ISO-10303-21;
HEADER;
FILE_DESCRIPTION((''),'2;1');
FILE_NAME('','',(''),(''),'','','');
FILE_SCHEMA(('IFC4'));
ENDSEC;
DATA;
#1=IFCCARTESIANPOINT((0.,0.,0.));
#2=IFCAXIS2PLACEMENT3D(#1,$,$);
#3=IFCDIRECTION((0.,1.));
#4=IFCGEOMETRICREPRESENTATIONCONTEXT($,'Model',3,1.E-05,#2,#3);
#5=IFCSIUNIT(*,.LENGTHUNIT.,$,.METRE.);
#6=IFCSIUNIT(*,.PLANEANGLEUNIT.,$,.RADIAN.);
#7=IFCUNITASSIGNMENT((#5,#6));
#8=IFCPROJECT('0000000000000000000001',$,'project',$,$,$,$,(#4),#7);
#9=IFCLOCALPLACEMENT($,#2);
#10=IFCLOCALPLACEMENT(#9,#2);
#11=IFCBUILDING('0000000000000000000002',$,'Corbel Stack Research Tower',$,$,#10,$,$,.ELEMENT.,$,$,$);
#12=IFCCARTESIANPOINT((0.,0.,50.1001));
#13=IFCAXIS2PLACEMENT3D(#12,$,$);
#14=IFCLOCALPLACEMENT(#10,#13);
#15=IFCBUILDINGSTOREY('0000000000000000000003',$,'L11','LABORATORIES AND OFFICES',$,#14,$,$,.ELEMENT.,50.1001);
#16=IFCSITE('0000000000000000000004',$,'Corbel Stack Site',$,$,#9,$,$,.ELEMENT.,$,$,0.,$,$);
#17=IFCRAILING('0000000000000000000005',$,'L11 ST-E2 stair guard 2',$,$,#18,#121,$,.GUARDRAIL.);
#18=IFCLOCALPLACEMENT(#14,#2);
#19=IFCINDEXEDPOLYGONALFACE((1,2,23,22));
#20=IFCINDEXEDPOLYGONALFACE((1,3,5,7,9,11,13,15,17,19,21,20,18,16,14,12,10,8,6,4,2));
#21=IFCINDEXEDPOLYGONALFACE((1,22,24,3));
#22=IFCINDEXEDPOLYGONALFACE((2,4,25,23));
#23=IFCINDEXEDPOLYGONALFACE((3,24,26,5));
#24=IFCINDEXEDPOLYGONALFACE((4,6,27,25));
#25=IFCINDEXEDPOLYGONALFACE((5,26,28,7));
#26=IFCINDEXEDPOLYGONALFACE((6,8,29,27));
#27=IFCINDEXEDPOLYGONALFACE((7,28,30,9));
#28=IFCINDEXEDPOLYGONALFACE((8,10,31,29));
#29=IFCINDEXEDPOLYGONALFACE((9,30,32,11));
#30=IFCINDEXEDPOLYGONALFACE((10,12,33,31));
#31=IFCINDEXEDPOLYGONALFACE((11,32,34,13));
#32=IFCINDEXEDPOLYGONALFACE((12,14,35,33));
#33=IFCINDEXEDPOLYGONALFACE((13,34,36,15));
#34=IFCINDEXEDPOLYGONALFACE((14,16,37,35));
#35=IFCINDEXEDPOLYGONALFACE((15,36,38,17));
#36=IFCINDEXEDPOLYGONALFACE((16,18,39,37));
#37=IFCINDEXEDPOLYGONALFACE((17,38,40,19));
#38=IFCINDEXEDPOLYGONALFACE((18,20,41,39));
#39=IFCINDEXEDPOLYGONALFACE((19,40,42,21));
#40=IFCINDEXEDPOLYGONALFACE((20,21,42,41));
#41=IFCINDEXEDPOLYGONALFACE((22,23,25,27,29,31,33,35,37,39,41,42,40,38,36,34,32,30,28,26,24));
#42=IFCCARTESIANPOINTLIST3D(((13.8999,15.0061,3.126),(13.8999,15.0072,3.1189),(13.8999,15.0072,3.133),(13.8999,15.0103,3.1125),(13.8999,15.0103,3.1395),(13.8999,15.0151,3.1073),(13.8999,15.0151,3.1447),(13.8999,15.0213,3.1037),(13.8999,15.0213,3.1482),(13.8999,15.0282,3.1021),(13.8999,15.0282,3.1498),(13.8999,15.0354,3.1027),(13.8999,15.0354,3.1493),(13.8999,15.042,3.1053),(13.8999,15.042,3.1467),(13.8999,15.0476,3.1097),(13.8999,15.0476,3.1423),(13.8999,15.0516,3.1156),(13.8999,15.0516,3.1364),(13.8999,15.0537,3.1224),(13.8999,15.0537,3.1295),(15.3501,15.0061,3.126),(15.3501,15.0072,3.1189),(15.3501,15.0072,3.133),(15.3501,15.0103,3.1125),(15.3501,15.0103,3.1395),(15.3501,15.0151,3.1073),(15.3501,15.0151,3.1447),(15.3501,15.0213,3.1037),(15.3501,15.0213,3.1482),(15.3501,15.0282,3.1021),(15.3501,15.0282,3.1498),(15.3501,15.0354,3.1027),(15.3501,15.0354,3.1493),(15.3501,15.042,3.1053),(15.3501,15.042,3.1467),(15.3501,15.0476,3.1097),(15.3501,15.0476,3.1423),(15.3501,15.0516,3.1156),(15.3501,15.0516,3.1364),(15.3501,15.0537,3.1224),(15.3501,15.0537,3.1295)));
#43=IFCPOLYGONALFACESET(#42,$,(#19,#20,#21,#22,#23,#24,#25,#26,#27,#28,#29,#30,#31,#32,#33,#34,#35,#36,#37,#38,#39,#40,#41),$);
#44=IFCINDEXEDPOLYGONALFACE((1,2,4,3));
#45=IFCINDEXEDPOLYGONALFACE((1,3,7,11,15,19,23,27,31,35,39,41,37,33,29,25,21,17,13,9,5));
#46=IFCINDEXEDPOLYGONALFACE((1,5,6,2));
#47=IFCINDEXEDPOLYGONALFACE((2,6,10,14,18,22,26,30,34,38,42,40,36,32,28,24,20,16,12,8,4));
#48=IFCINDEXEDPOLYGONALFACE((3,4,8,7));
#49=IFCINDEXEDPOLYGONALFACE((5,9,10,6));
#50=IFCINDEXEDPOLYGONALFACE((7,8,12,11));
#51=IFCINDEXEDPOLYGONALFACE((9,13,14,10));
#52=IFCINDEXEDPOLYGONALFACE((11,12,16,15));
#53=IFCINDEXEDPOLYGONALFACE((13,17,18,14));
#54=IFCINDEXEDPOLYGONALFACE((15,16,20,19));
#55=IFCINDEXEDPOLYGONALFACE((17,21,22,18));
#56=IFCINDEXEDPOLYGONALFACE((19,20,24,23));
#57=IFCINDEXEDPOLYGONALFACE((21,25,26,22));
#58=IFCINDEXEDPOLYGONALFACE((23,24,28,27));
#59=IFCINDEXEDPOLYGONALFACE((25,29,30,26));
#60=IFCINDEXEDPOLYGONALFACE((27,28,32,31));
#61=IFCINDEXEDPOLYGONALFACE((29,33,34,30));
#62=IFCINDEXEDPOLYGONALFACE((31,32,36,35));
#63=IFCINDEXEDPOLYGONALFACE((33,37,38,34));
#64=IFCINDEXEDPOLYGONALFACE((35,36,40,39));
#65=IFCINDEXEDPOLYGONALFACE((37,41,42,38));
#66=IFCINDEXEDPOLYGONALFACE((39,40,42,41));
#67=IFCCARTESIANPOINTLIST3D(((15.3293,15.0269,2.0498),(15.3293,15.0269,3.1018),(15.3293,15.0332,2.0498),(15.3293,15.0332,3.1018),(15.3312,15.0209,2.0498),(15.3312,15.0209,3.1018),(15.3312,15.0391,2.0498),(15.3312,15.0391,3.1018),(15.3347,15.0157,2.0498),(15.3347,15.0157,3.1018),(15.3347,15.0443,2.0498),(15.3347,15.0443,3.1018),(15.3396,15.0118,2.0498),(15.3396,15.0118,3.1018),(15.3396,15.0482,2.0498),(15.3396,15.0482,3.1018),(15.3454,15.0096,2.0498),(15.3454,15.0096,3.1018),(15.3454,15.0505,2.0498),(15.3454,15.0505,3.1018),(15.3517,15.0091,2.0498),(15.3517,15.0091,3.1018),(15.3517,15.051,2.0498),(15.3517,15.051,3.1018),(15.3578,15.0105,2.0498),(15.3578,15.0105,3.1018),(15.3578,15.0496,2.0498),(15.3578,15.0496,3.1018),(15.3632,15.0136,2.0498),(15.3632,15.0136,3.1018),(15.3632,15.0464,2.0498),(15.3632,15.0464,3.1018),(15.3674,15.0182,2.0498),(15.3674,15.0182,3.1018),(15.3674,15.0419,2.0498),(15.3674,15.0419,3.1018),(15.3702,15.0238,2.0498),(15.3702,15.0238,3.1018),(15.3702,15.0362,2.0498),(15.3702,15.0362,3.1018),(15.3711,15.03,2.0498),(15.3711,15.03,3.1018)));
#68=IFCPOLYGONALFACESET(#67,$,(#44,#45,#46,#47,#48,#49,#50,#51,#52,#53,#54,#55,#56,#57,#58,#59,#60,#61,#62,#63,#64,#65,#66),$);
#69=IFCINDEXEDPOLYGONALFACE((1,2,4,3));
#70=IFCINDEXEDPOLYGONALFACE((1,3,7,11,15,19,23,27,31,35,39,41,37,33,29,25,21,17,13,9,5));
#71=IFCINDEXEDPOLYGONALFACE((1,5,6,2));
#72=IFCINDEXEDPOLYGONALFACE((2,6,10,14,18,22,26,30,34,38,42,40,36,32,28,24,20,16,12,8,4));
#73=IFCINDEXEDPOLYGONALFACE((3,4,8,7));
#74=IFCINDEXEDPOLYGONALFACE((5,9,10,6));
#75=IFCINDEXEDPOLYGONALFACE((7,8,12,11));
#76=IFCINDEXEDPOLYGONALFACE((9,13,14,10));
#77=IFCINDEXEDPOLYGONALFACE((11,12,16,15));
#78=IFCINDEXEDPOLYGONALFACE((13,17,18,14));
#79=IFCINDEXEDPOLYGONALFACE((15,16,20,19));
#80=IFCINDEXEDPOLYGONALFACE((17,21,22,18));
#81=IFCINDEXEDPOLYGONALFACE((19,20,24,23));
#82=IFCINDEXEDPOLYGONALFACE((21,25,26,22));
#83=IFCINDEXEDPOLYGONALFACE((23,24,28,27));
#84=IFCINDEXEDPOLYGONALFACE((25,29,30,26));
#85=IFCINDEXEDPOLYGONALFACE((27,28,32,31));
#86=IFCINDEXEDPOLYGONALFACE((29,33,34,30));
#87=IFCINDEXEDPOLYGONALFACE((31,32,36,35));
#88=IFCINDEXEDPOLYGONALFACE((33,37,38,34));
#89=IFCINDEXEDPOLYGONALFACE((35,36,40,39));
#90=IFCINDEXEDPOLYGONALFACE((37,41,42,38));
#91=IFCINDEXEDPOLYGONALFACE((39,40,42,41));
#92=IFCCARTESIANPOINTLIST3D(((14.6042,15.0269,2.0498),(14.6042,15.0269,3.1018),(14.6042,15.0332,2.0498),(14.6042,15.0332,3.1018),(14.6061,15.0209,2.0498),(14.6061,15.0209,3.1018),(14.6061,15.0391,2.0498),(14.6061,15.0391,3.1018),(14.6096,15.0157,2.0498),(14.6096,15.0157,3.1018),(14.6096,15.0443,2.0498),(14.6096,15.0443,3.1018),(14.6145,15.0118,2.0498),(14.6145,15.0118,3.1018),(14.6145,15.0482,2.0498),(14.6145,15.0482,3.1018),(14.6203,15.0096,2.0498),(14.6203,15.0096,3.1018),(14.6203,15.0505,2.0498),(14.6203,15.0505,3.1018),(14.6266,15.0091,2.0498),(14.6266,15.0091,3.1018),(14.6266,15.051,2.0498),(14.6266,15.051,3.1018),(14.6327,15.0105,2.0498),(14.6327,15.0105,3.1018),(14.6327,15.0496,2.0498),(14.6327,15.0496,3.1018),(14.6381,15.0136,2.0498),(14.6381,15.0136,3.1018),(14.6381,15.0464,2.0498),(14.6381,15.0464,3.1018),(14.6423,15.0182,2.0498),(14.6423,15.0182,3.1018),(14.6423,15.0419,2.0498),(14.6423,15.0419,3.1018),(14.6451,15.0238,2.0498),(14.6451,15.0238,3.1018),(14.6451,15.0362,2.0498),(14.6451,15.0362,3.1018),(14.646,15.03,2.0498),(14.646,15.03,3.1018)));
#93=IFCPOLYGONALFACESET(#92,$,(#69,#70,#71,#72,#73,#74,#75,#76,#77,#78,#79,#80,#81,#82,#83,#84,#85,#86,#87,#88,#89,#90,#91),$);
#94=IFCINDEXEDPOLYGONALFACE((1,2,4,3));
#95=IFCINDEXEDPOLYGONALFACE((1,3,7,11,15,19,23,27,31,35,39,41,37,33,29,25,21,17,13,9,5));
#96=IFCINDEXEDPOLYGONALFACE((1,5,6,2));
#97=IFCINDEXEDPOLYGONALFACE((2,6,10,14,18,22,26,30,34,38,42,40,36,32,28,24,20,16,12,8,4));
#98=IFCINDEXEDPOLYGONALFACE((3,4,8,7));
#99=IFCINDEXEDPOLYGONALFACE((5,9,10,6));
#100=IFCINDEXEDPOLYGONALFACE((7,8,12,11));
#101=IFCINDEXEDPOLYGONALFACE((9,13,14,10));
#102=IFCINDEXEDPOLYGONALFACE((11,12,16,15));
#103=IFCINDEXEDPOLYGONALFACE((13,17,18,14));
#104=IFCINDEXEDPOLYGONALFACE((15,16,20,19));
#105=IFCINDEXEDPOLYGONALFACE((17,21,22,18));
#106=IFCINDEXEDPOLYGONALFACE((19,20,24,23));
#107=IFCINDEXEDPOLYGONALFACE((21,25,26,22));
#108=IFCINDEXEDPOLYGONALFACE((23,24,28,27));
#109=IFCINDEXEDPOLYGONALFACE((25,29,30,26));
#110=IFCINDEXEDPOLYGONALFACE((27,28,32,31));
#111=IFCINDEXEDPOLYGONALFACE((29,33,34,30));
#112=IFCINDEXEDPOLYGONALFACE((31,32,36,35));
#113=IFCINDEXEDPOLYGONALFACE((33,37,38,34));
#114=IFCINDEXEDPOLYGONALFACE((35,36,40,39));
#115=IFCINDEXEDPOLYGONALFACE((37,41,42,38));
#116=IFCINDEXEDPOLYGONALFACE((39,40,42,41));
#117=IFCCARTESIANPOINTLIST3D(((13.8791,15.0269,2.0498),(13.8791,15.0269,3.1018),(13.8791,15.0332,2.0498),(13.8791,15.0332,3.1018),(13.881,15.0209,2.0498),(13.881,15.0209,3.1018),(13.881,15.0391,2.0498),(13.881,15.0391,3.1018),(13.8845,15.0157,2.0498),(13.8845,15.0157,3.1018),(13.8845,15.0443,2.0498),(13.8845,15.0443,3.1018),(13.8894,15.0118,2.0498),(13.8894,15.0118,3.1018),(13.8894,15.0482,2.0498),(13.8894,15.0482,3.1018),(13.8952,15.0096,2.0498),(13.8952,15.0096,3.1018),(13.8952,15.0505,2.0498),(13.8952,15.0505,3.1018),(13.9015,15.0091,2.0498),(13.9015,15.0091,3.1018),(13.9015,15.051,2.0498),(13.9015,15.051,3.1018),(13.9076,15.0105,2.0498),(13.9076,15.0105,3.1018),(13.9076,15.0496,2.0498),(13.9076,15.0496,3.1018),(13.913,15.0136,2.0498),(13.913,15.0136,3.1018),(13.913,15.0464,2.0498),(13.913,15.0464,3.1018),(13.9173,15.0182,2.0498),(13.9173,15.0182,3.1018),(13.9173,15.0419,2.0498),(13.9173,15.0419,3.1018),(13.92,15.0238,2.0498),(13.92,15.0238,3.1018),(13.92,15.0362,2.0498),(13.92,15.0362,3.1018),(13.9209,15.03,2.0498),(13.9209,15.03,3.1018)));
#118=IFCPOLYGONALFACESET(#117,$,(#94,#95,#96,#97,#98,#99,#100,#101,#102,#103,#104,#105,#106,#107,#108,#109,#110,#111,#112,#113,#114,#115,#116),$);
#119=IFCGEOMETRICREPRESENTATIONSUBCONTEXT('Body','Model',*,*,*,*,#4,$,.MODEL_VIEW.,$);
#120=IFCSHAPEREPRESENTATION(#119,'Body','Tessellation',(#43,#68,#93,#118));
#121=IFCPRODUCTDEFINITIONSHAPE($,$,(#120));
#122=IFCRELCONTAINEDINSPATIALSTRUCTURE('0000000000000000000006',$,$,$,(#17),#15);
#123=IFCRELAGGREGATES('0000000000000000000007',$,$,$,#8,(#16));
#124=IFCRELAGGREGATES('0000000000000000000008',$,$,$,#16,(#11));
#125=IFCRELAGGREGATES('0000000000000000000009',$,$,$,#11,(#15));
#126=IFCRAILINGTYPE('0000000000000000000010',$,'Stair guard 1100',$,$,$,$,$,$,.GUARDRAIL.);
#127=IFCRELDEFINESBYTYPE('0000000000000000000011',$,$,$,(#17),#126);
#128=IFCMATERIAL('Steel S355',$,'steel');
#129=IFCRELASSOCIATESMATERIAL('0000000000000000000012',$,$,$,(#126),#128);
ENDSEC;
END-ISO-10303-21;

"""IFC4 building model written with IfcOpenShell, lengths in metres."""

from ifc_helpers import new_model, si_unit, direction, frame, origin, origin_2d, place, context, subcontext, project, spatial, circle, extrude, material, type_object, element, save


model = new_model("IFC4")

# Units and contexts
model_context = context("Model", 3, precision=1e-05, world=origin(), true_north=direction((0.0, 1.0)))
body_context = subcontext(model_context, "Body", "Model", "MODEL_VIEW")
ifc_project = project(units=[si_unit("LENGTHUNIT", "METRE"), si_unit("PLANEANGLEUNIT", "RADIAN")], contexts=[model_context])

# Site, building, storey
site_placement = place(None, origin())
site = spatial("IfcSite", under=ifc_project, at=site_placement, Name="Corbel Stack Site", CompositionType="ELEMENT", RefElevation=0.0)
building_placement = place(site_placement, origin())
building = spatial("IfcBuilding", under=site, at=building_placement, Name="Corbel Stack Research Tower", CompositionType="ELEMENT")
storey_placement = place(building_placement, frame((0.0, 0.0, 50.1001)))
storey = spatial("IfcBuildingStorey", under=building, at=storey_placement, Name="L11", Description="LABORATORIES AND OFFICES", CompositionType="ELEMENT", Elevation=50.1001)

# Railing
ifc_material_1 = material(Name="Steel S355", Category="steel")
railing_type_1 = type_object("IfcRailingType", Name="Stair guard 1100", PredefinedType="GUARDRAIL", material=ifc_material_1)
railing_1_placement = place(storey_placement, frame((15.3501, 15.03, 2.0498)))
element("IfcRailing", 1, at=railing_1_placement, inside=storey, type_object=railing_type_1, Name="L11 ST-E2 stair guard 2", PredefinedType="GUARDRAIL", context=body_context, shape_type="SweptSolid", body=[
    extrude(circle(Radius=0.0239, at=origin_2d()), frame((0.0, 0.0, 1.0762), z_axis=(-1.0, 0.0, 0.0), x_axis=(0.0, -1.0, 0.0)), (0.0, 0.0, 1.0), 1.4502),
    extrude(circle(Radius=0.021, at=origin_2d()), origin(), (0.0, 0.0, 1.0), 1.052),
    extrude(circle(Radius=0.021, at=origin_2d()), frame((-0.7251, 0.0, 0.0)), (0.0, 0.0, 1.0), 1.052),
    extrude(circle(Radius=0.021, at=origin_2d()), frame((-1.4502, 0.0, 0.0)), (0.0, 0.0, 1.0), 1.052),
])

save(model, "model.ifc")
